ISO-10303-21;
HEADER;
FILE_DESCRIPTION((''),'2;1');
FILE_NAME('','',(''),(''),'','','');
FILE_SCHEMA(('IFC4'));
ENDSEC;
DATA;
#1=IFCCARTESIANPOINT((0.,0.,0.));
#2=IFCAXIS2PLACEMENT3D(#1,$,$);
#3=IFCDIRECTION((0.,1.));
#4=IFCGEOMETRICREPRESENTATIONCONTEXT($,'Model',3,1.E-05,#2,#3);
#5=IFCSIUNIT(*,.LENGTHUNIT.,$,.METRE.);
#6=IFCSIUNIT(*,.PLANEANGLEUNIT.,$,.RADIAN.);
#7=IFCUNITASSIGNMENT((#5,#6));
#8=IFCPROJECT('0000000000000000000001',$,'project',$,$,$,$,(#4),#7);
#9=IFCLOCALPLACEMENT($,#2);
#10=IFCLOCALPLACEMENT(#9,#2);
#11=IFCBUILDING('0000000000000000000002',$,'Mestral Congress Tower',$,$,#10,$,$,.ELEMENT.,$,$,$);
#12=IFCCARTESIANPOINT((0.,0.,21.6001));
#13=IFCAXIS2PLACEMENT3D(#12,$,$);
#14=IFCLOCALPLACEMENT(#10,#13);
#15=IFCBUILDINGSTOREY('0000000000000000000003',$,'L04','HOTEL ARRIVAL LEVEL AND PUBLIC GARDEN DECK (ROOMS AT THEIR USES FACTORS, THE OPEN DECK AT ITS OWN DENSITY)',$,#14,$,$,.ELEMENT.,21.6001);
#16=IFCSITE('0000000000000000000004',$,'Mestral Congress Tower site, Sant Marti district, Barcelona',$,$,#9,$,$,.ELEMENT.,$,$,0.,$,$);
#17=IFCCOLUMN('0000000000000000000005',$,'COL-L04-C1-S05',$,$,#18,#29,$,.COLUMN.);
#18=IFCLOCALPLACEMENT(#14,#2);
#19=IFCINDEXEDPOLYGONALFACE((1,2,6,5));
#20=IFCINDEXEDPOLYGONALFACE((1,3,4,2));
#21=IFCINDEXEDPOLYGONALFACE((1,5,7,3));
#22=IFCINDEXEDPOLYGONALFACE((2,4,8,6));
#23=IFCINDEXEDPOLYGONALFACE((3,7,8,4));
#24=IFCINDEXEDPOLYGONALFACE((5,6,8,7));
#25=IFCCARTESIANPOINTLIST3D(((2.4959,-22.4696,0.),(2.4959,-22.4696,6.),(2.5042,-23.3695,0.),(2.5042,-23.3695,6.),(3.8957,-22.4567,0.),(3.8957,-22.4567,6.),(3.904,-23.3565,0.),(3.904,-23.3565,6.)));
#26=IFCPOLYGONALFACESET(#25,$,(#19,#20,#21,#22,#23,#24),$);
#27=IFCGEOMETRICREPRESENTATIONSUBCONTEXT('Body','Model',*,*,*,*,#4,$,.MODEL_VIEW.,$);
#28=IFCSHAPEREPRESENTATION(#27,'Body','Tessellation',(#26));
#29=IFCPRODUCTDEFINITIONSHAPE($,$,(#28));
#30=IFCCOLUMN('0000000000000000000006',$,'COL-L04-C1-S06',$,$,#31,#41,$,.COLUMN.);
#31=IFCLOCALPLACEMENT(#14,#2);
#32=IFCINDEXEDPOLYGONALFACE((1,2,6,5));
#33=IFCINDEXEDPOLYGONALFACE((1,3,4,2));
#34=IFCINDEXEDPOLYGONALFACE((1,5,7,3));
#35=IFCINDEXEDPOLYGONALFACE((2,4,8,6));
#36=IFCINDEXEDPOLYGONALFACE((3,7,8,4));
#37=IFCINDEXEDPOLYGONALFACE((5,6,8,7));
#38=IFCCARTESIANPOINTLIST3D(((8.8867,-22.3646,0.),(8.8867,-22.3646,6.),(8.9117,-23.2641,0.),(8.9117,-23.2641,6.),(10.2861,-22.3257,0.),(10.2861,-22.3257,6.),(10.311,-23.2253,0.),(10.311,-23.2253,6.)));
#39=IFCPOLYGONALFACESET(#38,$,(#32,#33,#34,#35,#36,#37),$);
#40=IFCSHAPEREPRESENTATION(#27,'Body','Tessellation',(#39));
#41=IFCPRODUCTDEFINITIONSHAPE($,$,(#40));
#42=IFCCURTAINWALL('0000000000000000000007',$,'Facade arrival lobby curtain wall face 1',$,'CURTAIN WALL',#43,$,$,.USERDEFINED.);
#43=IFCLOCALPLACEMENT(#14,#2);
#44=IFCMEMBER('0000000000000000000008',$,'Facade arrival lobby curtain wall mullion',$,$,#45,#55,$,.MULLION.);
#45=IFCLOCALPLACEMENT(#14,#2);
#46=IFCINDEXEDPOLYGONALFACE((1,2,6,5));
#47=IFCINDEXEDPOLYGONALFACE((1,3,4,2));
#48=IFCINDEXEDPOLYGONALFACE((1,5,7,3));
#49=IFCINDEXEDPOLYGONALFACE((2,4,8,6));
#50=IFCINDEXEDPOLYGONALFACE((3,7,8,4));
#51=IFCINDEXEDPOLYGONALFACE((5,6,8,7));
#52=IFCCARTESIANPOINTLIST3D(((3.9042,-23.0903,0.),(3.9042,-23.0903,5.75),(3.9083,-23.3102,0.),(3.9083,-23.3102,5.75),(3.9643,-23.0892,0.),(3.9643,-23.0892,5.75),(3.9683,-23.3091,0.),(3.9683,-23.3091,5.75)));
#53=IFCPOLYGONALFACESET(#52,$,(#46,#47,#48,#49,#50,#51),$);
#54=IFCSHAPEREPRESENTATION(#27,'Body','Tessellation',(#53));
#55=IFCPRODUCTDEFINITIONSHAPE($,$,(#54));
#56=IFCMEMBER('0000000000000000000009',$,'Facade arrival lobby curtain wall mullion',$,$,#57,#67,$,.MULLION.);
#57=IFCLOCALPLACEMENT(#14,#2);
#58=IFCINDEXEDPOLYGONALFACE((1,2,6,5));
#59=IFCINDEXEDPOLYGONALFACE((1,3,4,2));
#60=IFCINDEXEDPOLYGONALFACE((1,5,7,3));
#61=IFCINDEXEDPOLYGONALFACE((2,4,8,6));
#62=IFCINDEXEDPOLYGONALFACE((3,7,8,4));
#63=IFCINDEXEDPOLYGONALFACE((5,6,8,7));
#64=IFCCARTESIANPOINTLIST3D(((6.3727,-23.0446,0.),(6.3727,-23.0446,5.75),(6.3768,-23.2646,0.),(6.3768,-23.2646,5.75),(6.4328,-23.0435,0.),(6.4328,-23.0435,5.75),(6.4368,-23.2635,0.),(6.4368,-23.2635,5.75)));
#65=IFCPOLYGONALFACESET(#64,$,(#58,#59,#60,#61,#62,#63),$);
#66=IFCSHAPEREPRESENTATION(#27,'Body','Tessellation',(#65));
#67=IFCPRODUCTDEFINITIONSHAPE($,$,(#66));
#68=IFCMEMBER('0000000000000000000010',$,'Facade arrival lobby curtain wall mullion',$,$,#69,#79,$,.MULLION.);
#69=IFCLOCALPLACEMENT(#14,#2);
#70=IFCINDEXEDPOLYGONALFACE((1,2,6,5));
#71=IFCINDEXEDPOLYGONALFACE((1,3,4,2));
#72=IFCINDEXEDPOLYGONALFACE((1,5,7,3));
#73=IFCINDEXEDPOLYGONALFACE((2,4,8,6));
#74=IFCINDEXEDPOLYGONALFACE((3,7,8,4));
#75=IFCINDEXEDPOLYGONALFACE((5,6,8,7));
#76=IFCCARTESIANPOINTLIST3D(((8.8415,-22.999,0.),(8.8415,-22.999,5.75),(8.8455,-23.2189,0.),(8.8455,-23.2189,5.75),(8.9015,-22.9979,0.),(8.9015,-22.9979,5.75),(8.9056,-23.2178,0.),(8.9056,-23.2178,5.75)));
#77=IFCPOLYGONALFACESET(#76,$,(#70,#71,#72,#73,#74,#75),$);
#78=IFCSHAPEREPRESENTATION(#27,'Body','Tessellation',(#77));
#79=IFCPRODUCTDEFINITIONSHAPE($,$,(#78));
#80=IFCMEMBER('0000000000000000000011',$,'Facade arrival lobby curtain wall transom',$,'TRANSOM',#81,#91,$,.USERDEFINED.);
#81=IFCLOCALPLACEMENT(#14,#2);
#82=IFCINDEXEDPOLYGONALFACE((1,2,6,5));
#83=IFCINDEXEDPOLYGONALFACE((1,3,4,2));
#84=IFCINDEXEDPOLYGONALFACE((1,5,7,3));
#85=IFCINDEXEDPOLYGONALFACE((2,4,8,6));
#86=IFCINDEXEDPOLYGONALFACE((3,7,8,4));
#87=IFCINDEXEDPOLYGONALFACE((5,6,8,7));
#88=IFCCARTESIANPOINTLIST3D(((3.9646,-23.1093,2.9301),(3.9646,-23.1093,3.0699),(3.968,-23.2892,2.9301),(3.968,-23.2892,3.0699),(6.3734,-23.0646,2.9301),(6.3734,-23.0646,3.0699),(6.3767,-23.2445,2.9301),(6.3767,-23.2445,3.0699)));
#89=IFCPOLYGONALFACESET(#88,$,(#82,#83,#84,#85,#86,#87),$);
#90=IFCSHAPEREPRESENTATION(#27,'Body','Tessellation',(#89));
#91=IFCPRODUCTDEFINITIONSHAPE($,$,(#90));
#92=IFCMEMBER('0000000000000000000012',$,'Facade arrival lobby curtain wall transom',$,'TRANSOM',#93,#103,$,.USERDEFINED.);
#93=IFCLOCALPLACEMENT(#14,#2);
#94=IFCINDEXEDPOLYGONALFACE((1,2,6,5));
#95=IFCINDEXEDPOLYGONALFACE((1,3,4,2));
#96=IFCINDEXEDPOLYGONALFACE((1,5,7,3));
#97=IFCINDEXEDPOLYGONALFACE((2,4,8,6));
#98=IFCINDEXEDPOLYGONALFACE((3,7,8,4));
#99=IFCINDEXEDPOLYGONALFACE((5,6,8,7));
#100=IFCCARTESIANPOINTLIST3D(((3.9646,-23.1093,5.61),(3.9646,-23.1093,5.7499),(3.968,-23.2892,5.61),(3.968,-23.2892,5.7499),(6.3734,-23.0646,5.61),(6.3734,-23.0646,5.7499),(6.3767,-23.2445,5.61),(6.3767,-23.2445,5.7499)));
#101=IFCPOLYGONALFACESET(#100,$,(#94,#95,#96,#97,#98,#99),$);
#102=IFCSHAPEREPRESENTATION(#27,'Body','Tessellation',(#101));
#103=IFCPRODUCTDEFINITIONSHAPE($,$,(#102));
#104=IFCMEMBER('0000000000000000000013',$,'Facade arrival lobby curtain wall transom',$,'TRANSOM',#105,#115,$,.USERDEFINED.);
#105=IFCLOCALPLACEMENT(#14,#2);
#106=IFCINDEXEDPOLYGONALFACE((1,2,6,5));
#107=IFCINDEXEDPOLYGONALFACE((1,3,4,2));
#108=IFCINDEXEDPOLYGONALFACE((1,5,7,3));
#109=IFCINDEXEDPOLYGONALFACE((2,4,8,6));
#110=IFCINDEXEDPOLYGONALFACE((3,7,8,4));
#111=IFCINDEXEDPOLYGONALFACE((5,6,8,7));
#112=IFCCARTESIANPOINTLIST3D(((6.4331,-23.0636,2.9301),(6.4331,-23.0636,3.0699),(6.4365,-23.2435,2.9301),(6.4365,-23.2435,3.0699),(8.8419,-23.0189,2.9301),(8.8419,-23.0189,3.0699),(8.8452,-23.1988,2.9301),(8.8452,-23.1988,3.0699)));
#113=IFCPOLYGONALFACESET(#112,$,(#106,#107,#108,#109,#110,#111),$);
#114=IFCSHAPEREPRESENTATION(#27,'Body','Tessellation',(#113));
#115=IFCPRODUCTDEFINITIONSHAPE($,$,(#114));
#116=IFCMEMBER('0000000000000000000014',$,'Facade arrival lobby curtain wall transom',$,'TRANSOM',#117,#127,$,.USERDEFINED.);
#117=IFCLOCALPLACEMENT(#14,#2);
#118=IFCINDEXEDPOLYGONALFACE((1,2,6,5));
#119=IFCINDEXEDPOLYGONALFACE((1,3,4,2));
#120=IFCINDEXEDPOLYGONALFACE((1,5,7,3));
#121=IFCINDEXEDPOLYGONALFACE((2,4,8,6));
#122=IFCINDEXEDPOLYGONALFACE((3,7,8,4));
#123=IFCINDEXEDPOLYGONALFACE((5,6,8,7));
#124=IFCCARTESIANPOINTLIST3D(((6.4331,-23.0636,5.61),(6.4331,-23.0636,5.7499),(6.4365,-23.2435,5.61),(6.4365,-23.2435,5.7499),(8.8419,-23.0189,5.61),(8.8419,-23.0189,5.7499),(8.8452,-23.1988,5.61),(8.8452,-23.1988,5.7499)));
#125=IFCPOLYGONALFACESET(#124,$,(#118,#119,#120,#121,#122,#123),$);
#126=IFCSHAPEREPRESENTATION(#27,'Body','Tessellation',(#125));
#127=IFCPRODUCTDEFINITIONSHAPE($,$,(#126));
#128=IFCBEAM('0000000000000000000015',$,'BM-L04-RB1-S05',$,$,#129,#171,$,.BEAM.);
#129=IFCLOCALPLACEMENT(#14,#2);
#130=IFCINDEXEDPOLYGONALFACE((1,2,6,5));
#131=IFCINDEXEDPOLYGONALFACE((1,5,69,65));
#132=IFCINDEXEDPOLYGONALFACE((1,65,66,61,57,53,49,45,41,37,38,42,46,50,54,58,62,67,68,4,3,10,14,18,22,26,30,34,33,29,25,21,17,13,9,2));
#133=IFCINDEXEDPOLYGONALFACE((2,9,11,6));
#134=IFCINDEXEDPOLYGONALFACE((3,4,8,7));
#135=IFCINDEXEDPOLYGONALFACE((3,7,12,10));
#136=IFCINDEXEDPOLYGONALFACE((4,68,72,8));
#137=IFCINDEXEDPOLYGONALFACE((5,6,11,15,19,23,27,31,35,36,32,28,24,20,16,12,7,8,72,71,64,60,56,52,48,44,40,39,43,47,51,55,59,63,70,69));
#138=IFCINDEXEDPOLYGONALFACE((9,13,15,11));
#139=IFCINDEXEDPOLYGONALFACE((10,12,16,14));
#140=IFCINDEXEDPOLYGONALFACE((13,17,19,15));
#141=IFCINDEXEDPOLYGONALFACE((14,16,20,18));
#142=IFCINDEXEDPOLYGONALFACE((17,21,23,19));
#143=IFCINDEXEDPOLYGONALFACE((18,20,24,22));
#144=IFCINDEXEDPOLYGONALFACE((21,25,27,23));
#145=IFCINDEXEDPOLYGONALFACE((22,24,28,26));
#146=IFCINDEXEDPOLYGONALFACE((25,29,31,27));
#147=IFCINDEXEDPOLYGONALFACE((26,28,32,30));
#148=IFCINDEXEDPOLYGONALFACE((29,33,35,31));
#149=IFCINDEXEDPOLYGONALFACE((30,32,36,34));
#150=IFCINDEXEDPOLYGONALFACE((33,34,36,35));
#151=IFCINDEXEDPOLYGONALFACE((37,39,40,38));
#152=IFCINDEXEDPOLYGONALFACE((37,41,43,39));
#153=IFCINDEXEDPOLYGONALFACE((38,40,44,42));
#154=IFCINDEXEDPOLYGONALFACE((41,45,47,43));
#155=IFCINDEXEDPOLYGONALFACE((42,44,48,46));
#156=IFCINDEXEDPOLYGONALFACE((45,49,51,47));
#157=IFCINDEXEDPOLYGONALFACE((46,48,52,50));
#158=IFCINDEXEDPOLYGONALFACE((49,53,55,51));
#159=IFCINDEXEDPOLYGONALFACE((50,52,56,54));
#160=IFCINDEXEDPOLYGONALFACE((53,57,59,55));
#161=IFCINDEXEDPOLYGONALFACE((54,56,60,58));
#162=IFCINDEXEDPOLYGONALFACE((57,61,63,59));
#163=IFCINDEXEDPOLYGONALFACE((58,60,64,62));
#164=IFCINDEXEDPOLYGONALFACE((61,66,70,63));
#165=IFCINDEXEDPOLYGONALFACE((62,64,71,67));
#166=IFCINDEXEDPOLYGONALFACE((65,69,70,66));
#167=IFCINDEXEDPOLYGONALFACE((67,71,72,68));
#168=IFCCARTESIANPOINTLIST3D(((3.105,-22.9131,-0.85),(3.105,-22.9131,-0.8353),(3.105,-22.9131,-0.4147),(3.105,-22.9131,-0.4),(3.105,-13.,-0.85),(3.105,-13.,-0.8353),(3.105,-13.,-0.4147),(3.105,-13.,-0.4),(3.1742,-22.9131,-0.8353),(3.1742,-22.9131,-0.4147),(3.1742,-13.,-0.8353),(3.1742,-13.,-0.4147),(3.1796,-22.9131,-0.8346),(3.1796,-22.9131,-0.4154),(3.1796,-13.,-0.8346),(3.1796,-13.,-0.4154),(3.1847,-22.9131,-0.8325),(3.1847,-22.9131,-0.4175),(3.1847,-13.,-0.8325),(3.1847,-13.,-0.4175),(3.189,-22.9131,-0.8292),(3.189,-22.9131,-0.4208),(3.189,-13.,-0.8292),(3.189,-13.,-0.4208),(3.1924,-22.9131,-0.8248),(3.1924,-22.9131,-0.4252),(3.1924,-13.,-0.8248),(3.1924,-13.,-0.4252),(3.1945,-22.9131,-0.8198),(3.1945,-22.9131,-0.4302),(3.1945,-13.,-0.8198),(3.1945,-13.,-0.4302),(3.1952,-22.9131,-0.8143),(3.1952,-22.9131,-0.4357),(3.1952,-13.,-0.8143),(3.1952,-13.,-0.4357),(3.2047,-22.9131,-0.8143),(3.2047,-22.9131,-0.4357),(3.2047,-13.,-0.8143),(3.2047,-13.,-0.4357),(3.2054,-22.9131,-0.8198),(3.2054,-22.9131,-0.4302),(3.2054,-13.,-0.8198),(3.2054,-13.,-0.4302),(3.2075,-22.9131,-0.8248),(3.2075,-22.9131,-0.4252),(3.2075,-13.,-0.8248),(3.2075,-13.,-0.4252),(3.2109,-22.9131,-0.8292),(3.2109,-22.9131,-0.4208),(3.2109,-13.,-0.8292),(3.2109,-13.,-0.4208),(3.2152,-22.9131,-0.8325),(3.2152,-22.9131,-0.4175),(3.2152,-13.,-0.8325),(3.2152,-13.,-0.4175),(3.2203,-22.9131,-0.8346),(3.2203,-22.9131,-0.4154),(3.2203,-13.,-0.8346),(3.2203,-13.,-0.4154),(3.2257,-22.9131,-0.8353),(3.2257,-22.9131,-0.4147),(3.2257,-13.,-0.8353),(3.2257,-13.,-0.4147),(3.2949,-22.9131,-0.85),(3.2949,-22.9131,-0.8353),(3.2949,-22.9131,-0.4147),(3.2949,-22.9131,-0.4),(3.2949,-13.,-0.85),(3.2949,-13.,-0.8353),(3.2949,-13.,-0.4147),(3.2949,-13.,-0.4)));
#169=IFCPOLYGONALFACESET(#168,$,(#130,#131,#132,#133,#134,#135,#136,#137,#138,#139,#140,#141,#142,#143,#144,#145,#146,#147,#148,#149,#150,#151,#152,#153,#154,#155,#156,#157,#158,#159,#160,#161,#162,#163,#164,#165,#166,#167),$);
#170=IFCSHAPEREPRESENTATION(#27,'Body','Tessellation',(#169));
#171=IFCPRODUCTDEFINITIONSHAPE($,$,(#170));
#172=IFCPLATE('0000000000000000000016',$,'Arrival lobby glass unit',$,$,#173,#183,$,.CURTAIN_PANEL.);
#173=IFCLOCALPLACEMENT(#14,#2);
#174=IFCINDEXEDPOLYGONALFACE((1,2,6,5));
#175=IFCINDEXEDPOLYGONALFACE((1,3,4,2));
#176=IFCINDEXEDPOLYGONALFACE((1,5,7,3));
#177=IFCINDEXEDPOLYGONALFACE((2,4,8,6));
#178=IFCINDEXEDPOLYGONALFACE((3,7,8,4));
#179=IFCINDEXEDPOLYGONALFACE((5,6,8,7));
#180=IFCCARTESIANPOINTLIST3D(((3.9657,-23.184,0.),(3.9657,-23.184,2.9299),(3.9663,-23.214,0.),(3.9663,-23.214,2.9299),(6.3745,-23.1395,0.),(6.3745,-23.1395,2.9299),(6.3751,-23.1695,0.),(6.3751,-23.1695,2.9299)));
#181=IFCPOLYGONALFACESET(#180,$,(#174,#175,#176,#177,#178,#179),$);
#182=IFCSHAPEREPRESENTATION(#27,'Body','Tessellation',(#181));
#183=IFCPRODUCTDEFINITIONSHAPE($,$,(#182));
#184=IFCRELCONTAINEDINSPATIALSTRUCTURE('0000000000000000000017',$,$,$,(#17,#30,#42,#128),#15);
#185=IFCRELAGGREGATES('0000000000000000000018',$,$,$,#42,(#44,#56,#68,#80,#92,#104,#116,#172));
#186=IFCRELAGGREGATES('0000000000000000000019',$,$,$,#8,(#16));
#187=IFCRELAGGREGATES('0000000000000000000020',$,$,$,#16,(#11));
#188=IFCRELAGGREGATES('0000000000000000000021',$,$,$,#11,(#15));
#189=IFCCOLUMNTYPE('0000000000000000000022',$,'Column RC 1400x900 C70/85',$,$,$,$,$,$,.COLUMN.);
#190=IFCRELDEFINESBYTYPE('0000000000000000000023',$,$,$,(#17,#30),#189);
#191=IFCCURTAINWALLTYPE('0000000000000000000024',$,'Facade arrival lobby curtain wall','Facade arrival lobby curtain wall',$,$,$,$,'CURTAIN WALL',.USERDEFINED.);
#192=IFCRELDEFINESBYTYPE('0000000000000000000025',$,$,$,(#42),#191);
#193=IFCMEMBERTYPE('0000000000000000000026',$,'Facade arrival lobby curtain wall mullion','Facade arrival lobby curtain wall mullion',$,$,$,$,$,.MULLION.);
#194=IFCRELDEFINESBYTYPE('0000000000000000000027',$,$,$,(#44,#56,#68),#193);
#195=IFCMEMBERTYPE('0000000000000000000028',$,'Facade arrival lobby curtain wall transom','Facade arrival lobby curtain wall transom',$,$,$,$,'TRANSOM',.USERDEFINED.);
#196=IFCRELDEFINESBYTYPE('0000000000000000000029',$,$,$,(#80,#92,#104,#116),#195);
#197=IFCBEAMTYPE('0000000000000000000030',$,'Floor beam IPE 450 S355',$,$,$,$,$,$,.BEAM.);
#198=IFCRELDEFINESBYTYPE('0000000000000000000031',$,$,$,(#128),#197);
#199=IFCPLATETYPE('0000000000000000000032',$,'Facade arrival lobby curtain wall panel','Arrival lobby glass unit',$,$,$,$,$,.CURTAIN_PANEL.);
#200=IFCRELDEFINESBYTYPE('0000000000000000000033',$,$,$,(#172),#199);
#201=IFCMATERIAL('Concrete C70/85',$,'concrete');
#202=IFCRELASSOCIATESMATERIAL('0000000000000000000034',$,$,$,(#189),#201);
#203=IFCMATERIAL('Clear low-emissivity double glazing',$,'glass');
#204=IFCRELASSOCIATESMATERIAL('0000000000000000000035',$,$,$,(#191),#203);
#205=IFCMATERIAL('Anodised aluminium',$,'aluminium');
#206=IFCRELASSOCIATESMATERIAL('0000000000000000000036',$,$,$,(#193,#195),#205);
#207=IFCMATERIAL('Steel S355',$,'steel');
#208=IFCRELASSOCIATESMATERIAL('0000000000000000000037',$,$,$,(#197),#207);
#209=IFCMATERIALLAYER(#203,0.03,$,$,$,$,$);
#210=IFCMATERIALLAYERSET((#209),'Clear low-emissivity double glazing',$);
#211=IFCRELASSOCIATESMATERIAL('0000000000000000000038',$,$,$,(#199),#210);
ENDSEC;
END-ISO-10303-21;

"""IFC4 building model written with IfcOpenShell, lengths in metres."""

from ifc_helpers import new_model, si_unit, direction, frame, origin, origin_2d, place, context, subcontext, project, spatial, rectangle, i_section, extrude, material, layer, layer_set, material_profile, profile_set, type_object, element, aggregate, save


model = new_model("IFC4")

# Units and contexts
model_context = context("Model", 3, precision=1e-05, world=origin(), true_north=direction((0.0, 1.0)))
body_context = subcontext(model_context, "Body", "Model", "MODEL_VIEW")
ifc_project = project(units=[si_unit("LENGTHUNIT", "METRE"), si_unit("PLANEANGLEUNIT", "RADIAN")], contexts=[model_context])

# Site, building, storey
site_placement = place(None, origin())
site = spatial("IfcSite", under=ifc_project, at=site_placement, Name="Mestral Congress Tower site, Sant Marti district, Barcelona", CompositionType="ELEMENT", RefElevation=0.0)
building_placement = place(site_placement, origin())
building = spatial("IfcBuilding", under=site, at=building_placement, Name="Mestral Congress Tower", CompositionType="ELEMENT")
storey_placement = place(building_placement, frame((0.0, 0.0, 21.6001)))
storey = spatial("IfcBuildingStorey", under=building, at=storey_placement, Name="L04", Description="HOTEL ARRIVAL LEVEL AND PUBLIC GARDEN DECK (ROOMS AT THEIR USES FACTORS, THE OPEN DECK AT ITS OWN DENSITY)", CompositionType="ELEMENT", Elevation=21.6001)

# Columns
ifc_material_1 = material(Name="Concrete C70/85", Category="concrete")
ifc_material_profile_1 = material_profile(ifc_material_1, rectangle(XDim=1.3999, YDim=0.8999, at=origin_2d()), Name="RC 1400x900")
ifc_profile_set_1 = profile_set([ifc_material_profile_1], Name="Concrete C70/85")
column_type = type_object("IfcColumnType", Name="Column RC 1400x900 C70/85", PredefinedType="COLUMN", material=ifc_profile_set_1)
for number, where, z_axis, x_axis, name in (
    (1, (3.2, -22.9131, 0.0), (0.0, 0.0, 1.0), (0.999957, 0.009243, 0.0), "COL-L04-C1-S05"),
    (2, (9.5989, -22.7949, 0.0), (0.0, 0.0, 1.0), (0.999616, 0.027726, 0.0), "COL-L04-C1-S06"),
):
    element("IfcColumn", number, at=place(storey_placement, frame(where, z_axis=z_axis, x_axis=x_axis)), inside=storey, type_object=column_type, Name=name, PredefinedType="COLUMN", context=body_context, shape_type="SweptSolid", body=[
        extrude(rectangle(XDim=1.3999, YDim=0.8999, at=origin_2d()), origin(), (0.0, 0.0, 1.0), 6.0),
    ])

# Curtain wall, members
ifc_material_2 = material(Name="Clear low-emissivity double glazing", Category="glass")
curtain_wall_type = type_object("IfcCurtainWallType", Name="Facade arrival lobby curtain wall", Description="Facade arrival lobby curtain wall", ElementType="CURTAIN WALL", PredefinedType="USERDEFINED", material=ifc_material_2)
placement = place(storey_placement, origin())
curtain_wall = element("IfcCurtainWall", 3, at=placement, inside=storey, type_object=curtain_wall_type, Name="Facade arrival lobby curtain wall face 1", ObjectType="CURTAIN WALL", PredefinedType="USERDEFINED")
ifc_material_3 = material(Name="Anodised aluminium", Category="aluminium")
ifc_material_profile_2 = material_profile(ifc_material_3, rectangle(XDim=0.22, YDim=0.0601, at=origin_2d()), Name="CW4 mullion 220 x 60")
ifc_profile_set_2 = profile_set([ifc_material_profile_2], Name="Anodised aluminium")
member_type_1 = type_object("IfcMemberType", Name="Facade arrival lobby curtain wall mullion", Description="Facade arrival lobby curtain wall mullion", PredefinedType="MULLION", material=ifc_profile_set_2)
member_1_placement = place(storey_placement, frame((3.9363, -23.1997, 0.0), z_axis=(0.0, 0.0, 1.0), x_axis=(0.018477, -0.999829, 0.0)))
member_1 = element("IfcMember", 4, at=member_1_placement, type_object=member_type_1, Name="Facade arrival lobby curtain wall mullion", PredefinedType="MULLION", context=body_context, shape_type="SweptSolid", body=[
    extrude(rectangle(XDim=0.22, YDim=0.0601, at=origin_2d()), origin(), (0.0, 0.0, 1.0), 5.75),
])
member_2_placement = place(storey_placement, frame((6.4048, -23.1541, 0.0), z_axis=(0.0, 0.0, 1.0), x_axis=(0.018477, -0.999829, 0.0)))
member_2 = element("IfcMember", 5, at=member_2_placement, type_object=member_type_1, Name="Facade arrival lobby curtain wall mullion", PredefinedType="MULLION", context=body_context, shape_type="SweptSolid", body=[
    extrude(rectangle(XDim=0.22, YDim=0.0601, at=origin_2d()), origin(), (0.0, 0.0, 1.0), 5.75),
])
member_3_placement = place(storey_placement, frame((8.8735, -23.1084, 0.0), z_axis=(0.0, 0.0, 1.0), x_axis=(0.018477, -0.999829, 0.0)))
member_3 = element("IfcMember", 6, at=member_3_placement, type_object=member_type_1, Name="Facade arrival lobby curtain wall mullion", PredefinedType="MULLION", context=body_context, shape_type="SweptSolid", body=[
    extrude(rectangle(XDim=0.22, YDim=0.0601, at=origin_2d()), origin(), (0.0, 0.0, 1.0), 5.75),
])
ifc_material_profile_3 = material_profile(ifc_material_3, rectangle(XDim=0.1799, YDim=0.1399, at=origin_2d()), Name="CW4 transom 180 x 140")
ifc_profile_set_3 = profile_set([ifc_material_profile_3], Name="Anodised aluminium")
member_type_2 = type_object("IfcMemberType", Name="Facade arrival lobby curtain wall transom", Description="Facade arrival lobby curtain wall transom", ElementType="TRANSOM", PredefinedType="USERDEFINED", material=ifc_profile_set_3)
member_4_placement = place(storey_placement, frame((3.9663, -23.1992, 3.0), z_axis=(0.999828, 0.018545, 0.0), x_axis=(-0.018545, 0.999828, 0.0)))
member_4 = element("IfcMember", 7, at=member_4_placement, type_object=member_type_2, Name="Facade arrival lobby curtain wall transom", ObjectType="TRANSOM", PredefinedType="USERDEFINED", context=body_context, shape_type="SweptSolid", body=[
    extrude(rectangle(XDim=0.1799, YDim=0.1399, at=origin_2d()), origin(), (0.0, 0.0, 1.0), 2.4092),
])
member_5_placement = place(storey_placement, frame((3.9663, -23.1992, 5.6799), z_axis=(0.999828, 0.018545, 0.0), x_axis=(-0.018545, 0.999828, 0.0)))
member_5 = element("IfcMember", 8, at=member_5_placement, type_object=member_type_2, Name="Facade arrival lobby curtain wall transom", ObjectType="TRANSOM", PredefinedType="USERDEFINED", context=body_context, shape_type="SweptSolid", body=[
    extrude(rectangle(XDim=0.1799, YDim=0.1399, at=origin_2d()), origin(), (0.0, 0.0, 1.0), 2.4092),
])
member_6_placement = place(storey_placement, frame((6.4348, -23.1536, 3.0), z_axis=(0.999828, 0.018545, 0.0), x_axis=(-0.018545, 0.999828, 0.0)))
member_6 = element("IfcMember", 9, at=member_6_placement, type_object=member_type_2, Name="Facade arrival lobby curtain wall transom", ObjectType="TRANSOM", PredefinedType="USERDEFINED", context=body_context, shape_type="SweptSolid", body=[
    extrude(rectangle(XDim=0.1799, YDim=0.1399, at=origin_2d()), origin(), (0.0, 0.0, 1.0), 2.4092),
])
member_7_placement = place(storey_placement, frame((6.4348, -23.1536, 5.6799), z_axis=(0.999828, 0.018545, 0.0), x_axis=(-0.018545, 0.999828, 0.0)))
member_7 = element("IfcMember", 10, at=member_7_placement, type_object=member_type_2, Name="Facade arrival lobby curtain wall transom", ObjectType="TRANSOM", PredefinedType="USERDEFINED", context=body_context, shape_type="SweptSolid", body=[
    extrude(rectangle(XDim=0.1799, YDim=0.1399, at=origin_2d()), origin(), (0.0, 0.0, 1.0), 2.4092),
])

# Beam
ifc_material_4 = material(Name="Steel S355", Category="steel")
ifc_material_profile_4 = material_profile(ifc_material_4, i_section(OverallWidth=0.1899, OverallDepth=0.45, WebThickness=0.0095, FlangeThickness=0.0146, FilletRadius=0.021, at=origin_2d()), Name="IPE 450")
ifc_profile_set_4 = profile_set([ifc_material_profile_4], Name="Steel S355")
beam_type = type_object("IfcBeamType", Name="Floor beam IPE 450 S355", PredefinedType="BEAM", material=ifc_profile_set_4)
beam_placement = place(storey_placement, frame((3.2, -22.9131, -0.625), z_axis=(0.0, 1.0, 0.0), x_axis=(-1.0, 0.0, 0.0)))
element("IfcBeam", 11, at=beam_placement, inside=storey, type_object=beam_type, Name="BM-L04-RB1-S05", PredefinedType="BEAM", context=body_context, shape_type="SweptSolid", body=[
    extrude(i_section(OverallWidth=0.1899, OverallDepth=0.45, WebThickness=0.0095, FlangeThickness=0.0146, FilletRadius=0.021, at=origin_2d()), origin(), (0.0, 0.0, 1.0), 9.9131),
])

# Plate
ifc_layer_1 = layer(ifc_material_2, 0.03)
ifc_layer_set_1 = layer_set([ifc_layer_1], Name="Clear low-emissivity double glazing")
plate_type = type_object("IfcPlateType", Name="Facade arrival lobby curtain wall panel", Description="Arrival lobby glass unit", PredefinedType="CURTAIN_PANEL", material=ifc_layer_set_1)
plate_1_placement = place(storey_placement, frame((5.1704, -23.1768, 0.0), z_axis=(0.0, 0.0, 1.0), x_axis=(0.999829, 0.018477, 0.0)))
plate_1 = element("IfcPlate", 12, at=plate_1_placement, type_object=plate_type, Name="Arrival lobby glass unit", PredefinedType="CURTAIN_PANEL", context=body_context, shape_type="SweptSolid", body=[
    extrude(rectangle(XDim=2.4092, YDim=0.03, at=origin_2d()), origin(), (0.0, 0.0, 1.0), 2.9299),
])
aggregate(curtain_wall, [member_1, member_2, member_3, member_4, member_5, member_6, member_7, plate_1])

save(model, "model.ifc")
